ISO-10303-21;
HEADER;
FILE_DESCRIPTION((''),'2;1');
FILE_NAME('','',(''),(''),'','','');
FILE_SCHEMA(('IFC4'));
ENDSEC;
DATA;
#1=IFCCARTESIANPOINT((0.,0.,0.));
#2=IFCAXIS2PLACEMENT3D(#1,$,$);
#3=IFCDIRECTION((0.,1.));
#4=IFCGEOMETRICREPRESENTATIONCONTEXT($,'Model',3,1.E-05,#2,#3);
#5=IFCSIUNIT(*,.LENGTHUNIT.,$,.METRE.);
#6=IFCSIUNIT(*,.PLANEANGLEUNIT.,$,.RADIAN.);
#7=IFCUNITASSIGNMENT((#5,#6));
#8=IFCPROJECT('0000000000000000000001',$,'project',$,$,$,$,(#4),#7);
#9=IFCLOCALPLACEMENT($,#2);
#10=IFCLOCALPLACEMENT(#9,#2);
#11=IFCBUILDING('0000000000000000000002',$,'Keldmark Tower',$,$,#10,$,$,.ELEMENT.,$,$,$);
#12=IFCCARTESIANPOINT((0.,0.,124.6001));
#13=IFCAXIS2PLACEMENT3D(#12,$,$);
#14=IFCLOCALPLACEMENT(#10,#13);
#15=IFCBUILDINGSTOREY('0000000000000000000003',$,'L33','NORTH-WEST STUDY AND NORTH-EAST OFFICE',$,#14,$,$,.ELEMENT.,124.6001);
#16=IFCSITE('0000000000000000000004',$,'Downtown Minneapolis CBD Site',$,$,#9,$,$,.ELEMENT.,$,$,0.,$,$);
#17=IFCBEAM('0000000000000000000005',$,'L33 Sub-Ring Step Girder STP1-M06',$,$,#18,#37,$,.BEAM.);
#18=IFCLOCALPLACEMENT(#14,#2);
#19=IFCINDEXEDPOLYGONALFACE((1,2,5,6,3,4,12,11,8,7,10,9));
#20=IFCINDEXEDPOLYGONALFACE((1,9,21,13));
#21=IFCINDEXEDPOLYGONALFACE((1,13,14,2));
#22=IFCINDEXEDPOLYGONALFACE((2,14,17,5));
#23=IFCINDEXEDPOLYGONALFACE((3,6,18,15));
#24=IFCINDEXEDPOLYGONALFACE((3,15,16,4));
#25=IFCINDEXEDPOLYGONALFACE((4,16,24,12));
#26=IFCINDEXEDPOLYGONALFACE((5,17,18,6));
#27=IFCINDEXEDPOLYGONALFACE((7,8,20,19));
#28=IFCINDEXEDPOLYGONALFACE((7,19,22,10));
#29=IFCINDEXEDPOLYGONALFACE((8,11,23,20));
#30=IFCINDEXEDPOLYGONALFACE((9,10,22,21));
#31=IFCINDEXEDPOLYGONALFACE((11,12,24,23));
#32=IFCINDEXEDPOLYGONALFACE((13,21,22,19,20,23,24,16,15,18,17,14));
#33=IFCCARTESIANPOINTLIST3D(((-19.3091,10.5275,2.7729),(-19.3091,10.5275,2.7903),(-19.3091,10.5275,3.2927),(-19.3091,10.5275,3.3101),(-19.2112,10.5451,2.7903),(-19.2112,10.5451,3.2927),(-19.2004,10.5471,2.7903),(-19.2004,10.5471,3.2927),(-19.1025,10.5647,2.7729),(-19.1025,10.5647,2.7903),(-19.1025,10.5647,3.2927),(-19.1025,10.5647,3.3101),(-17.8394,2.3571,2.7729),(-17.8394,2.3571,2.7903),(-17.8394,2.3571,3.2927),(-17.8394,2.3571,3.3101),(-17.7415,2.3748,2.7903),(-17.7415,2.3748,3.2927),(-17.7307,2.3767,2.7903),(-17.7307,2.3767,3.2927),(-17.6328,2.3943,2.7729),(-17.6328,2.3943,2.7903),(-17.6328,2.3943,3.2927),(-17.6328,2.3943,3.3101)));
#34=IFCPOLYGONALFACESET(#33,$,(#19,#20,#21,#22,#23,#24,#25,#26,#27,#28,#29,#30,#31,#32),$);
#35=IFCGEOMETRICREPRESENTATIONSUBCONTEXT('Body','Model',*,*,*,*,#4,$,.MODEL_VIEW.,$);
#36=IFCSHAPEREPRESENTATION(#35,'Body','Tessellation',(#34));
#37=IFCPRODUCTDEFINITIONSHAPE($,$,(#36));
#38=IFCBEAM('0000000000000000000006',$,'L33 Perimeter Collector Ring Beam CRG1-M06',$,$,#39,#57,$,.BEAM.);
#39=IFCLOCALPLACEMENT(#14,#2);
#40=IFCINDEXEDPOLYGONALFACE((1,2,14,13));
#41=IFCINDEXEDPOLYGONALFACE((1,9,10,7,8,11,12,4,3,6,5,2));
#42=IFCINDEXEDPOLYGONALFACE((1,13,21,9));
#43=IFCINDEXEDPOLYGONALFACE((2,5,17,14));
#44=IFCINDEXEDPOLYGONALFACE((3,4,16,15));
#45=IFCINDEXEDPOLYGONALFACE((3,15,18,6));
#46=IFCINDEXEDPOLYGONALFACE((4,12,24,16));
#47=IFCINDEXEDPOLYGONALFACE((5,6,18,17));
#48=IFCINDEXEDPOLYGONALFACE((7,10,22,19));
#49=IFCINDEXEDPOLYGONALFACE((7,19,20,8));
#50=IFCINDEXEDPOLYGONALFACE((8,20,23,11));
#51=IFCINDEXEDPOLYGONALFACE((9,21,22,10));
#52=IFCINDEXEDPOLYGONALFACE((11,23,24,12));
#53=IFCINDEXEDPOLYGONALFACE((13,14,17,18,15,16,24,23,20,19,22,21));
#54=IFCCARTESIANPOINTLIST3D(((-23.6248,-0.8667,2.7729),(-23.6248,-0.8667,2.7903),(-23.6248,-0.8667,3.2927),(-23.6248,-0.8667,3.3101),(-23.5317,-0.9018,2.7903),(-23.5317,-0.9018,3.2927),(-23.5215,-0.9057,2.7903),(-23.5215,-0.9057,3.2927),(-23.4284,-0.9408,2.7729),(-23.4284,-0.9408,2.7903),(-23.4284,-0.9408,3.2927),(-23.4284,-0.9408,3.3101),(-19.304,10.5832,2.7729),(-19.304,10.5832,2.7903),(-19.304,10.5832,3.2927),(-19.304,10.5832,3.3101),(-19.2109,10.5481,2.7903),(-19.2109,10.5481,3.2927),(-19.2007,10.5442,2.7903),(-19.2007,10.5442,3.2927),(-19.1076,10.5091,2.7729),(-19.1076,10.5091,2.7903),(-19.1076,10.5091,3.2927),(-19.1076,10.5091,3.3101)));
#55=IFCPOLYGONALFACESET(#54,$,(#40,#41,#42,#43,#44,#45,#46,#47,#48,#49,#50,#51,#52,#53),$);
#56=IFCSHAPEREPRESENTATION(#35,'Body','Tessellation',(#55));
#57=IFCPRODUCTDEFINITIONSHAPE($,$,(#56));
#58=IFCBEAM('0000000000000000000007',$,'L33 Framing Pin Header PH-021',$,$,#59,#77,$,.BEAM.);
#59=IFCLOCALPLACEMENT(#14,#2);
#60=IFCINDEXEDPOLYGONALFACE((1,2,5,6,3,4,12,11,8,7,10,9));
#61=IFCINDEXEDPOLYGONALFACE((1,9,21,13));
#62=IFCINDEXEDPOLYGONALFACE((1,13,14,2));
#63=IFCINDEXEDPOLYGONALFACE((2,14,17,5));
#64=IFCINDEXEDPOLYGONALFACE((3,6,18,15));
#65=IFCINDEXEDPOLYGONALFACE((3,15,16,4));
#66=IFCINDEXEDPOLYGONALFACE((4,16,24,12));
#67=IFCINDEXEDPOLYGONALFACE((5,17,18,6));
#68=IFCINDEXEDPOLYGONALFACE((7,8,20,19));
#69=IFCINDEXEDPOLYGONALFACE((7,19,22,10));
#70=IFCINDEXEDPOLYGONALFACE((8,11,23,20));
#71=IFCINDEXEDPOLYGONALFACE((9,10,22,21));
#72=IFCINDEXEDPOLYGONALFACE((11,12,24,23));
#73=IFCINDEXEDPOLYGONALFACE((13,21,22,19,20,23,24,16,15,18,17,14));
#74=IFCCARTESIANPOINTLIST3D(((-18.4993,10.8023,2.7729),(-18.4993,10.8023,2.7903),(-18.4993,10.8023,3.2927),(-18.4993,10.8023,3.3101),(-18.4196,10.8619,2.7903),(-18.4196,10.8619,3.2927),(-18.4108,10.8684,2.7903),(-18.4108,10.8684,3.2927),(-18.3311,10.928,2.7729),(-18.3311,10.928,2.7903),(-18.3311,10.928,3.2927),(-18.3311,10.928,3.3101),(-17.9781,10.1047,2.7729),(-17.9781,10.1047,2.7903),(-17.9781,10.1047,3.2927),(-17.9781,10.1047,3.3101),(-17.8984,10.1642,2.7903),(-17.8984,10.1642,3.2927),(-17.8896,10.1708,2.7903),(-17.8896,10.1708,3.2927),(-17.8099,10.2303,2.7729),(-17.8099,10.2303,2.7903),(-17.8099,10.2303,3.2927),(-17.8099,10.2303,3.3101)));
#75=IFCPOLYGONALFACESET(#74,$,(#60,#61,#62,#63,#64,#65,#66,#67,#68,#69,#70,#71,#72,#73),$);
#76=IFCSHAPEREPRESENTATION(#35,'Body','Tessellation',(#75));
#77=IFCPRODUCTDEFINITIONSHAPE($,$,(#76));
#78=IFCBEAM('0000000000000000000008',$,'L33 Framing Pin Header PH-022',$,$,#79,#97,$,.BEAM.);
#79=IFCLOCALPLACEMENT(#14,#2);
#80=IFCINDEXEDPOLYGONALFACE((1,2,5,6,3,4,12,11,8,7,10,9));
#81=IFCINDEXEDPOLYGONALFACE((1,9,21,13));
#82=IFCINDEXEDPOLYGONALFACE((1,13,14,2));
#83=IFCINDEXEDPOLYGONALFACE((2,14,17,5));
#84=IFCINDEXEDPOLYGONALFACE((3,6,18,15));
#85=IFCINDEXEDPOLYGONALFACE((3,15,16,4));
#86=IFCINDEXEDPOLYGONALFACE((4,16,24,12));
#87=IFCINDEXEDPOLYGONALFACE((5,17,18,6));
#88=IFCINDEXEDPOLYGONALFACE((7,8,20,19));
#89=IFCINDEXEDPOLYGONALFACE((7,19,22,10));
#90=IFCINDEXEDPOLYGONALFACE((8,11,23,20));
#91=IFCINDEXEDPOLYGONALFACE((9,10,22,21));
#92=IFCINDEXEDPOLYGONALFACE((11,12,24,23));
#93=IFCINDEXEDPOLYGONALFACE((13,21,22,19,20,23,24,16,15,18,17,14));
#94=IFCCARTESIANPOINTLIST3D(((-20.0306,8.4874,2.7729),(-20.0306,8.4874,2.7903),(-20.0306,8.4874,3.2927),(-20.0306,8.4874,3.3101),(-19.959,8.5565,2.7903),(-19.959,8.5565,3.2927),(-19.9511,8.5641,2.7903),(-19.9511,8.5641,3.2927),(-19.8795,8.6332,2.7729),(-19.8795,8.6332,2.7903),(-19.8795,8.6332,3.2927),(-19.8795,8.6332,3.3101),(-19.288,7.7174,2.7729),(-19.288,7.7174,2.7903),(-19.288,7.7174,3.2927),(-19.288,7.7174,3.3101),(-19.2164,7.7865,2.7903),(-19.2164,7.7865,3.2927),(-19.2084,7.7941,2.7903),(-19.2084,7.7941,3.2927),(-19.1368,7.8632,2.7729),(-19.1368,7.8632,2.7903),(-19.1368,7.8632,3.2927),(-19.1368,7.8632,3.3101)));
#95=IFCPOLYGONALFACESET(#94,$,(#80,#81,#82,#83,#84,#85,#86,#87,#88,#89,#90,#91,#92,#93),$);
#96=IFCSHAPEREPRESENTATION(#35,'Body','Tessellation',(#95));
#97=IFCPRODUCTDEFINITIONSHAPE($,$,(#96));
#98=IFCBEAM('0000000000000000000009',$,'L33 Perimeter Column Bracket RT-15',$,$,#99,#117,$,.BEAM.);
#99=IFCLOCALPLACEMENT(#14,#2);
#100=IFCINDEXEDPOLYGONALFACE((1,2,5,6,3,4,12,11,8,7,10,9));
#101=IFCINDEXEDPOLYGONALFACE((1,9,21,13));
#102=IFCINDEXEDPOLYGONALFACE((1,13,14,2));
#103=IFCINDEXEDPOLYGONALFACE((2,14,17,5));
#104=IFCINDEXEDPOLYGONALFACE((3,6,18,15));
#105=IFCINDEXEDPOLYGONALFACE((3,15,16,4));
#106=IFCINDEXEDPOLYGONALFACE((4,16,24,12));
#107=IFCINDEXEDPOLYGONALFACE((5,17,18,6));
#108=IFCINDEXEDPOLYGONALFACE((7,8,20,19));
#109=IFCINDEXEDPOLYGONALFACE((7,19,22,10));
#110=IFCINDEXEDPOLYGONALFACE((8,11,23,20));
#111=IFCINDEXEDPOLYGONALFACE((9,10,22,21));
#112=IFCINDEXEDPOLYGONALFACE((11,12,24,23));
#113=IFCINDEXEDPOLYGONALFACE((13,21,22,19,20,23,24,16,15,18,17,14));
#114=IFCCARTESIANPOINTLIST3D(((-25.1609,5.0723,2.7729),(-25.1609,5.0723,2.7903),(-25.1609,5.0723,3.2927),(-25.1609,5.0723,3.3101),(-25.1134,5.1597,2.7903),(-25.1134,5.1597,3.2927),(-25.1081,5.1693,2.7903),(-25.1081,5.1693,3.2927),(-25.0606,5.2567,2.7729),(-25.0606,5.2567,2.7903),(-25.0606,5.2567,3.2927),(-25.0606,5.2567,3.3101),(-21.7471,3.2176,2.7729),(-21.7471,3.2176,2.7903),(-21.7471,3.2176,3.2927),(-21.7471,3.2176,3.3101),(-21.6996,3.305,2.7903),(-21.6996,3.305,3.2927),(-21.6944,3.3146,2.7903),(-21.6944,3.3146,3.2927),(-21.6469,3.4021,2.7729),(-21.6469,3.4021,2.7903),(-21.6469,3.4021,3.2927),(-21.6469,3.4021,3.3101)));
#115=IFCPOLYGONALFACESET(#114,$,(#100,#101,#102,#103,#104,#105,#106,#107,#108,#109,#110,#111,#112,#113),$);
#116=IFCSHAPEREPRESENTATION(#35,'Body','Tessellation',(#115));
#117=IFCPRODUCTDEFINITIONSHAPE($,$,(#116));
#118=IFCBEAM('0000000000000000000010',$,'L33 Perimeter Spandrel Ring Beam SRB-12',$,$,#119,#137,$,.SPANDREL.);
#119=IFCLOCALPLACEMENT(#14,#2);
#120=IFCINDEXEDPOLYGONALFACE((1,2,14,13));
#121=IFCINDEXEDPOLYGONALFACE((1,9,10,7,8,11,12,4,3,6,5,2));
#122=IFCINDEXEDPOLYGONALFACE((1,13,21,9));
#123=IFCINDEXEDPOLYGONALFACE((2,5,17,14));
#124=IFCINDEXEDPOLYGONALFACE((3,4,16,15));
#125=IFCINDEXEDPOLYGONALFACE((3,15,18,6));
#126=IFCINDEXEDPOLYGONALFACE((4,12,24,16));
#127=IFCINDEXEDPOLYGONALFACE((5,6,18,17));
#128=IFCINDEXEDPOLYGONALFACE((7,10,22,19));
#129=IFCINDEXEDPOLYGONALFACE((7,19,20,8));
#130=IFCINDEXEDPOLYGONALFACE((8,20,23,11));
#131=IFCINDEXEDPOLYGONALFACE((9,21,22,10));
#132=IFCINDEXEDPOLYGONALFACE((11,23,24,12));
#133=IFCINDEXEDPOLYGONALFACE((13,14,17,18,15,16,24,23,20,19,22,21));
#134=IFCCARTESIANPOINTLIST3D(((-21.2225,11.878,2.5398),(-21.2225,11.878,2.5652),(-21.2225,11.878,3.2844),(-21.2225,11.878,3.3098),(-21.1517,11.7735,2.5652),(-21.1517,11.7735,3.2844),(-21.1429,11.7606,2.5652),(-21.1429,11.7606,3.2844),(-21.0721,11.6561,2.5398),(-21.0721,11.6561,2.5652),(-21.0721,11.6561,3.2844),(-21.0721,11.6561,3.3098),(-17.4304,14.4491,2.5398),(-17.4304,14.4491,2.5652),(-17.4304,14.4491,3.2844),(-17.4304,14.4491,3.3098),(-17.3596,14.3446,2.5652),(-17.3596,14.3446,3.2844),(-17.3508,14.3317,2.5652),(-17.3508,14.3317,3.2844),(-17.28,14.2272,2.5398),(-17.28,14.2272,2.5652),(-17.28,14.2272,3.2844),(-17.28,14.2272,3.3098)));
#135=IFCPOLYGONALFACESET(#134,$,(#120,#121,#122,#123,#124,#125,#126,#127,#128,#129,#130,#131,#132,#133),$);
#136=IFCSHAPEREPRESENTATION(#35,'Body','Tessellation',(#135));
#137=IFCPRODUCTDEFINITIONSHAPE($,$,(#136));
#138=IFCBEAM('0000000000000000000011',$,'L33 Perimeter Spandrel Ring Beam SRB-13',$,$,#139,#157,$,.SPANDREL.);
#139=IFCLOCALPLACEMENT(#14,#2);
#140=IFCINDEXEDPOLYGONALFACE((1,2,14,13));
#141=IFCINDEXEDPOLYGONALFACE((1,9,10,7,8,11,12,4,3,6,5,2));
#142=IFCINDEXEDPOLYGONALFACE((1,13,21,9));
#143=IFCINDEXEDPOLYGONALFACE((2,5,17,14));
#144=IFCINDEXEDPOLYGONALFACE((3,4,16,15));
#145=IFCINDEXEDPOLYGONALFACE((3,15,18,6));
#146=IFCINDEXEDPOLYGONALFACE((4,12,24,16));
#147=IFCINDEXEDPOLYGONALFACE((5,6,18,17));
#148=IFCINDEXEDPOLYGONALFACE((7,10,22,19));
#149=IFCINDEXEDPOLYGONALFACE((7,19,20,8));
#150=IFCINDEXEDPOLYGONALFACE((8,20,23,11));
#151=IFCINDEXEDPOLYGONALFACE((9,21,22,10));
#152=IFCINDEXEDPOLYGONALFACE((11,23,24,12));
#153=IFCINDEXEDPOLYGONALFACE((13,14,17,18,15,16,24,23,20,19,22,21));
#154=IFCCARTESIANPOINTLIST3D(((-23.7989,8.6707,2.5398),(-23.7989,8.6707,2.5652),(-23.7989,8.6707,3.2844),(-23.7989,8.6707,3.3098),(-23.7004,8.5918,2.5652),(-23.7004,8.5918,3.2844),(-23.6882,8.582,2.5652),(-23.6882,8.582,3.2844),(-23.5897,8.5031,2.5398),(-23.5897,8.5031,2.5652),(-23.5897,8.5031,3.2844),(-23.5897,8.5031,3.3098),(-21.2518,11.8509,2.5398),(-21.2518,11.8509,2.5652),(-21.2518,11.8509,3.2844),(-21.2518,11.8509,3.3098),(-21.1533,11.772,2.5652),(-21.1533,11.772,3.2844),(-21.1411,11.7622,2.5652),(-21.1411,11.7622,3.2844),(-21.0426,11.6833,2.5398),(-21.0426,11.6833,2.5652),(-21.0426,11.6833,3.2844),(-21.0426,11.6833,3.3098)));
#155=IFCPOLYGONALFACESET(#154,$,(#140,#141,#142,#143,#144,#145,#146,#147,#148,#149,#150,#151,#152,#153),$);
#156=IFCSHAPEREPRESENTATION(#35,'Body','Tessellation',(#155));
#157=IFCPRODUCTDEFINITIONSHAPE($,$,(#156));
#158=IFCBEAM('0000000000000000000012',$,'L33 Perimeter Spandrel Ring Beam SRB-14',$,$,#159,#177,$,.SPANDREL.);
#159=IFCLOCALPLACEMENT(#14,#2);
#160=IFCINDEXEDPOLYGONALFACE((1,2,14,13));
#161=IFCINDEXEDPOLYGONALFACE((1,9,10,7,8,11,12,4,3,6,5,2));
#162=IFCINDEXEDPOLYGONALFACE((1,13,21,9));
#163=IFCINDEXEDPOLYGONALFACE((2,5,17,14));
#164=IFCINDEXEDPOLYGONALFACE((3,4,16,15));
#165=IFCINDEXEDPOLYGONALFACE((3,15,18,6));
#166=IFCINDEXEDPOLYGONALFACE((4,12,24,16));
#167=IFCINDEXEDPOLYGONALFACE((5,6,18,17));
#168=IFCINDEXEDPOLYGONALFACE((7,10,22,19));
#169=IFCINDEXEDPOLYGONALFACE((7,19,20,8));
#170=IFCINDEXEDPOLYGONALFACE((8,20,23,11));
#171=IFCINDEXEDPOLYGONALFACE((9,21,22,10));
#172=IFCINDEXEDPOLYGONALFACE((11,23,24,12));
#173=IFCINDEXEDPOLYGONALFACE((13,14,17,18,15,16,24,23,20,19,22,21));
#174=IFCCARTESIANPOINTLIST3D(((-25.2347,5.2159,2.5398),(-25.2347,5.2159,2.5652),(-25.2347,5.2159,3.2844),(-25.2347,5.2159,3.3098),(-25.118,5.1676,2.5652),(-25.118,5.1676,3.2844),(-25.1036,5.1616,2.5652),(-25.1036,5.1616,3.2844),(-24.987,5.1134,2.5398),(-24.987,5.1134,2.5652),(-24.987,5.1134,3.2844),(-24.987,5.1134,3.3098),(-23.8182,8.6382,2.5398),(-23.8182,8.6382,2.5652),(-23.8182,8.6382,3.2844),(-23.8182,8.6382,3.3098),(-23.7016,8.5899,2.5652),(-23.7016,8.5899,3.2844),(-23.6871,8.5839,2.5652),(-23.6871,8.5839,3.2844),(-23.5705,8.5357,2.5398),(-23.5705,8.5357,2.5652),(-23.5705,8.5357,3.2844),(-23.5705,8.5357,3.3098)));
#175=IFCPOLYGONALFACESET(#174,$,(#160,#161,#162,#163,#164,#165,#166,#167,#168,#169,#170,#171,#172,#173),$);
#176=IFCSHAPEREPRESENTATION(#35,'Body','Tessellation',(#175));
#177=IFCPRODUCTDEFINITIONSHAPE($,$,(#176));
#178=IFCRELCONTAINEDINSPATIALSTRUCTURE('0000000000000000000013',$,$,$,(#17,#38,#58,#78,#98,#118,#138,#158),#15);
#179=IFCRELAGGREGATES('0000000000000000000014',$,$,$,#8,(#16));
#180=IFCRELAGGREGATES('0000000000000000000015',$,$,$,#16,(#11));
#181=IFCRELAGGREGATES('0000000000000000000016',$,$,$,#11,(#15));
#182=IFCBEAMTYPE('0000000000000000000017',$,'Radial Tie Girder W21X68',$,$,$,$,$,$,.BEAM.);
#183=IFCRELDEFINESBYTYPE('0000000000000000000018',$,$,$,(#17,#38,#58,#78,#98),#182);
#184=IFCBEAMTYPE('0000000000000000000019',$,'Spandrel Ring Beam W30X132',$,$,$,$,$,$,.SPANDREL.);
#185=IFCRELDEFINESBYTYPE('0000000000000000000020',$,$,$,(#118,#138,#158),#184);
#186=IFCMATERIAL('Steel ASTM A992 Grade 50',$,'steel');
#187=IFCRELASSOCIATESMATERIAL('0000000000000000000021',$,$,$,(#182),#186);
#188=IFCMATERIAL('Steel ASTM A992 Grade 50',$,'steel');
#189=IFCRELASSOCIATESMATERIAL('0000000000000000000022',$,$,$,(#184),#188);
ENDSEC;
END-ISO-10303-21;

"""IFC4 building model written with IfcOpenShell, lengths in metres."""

from ifc_helpers import new_model, si_unit, direction, frame, origin, origin_2d, place, context, subcontext, project, spatial, i_section, extrude, material, material_profile, profile_set, type_object, element, save


model = new_model("IFC4")

# Units and contexts
model_context = context("Model", 3, precision=1e-05, world=origin(), true_north=direction((0.0, 1.0)))
body_context = subcontext(model_context, "Body", "Model", "MODEL_VIEW")
ifc_project = project(units=[si_unit("LENGTHUNIT", "METRE"), si_unit("PLANEANGLEUNIT", "RADIAN")], contexts=[model_context])

# Site, building, storey
site_placement = place(None, origin())
site = spatial("IfcSite", under=ifc_project, at=site_placement, Name="Downtown Minneapolis CBD Site", CompositionType="ELEMENT", RefElevation=0.0)
building_placement = place(site_placement, origin())
building = spatial("IfcBuilding", under=site, at=building_placement, Name="Keldmark Tower", CompositionType="ELEMENT")
storey_placement = place(building_placement, frame((0.0, 0.0, 124.6001)))
storey = spatial("IfcBuildingStorey", under=building, at=storey_placement, Name="L33", Description="NORTH-WEST STUDY AND NORTH-EAST OFFICE", CompositionType="ELEMENT", Elevation=124.6001)

# Beams
ifc_material_1 = material(Name="Steel ASTM A992 Grade 50", Category="steel")
ifc_material_profile_1 = material_profile(ifc_material_1, i_section(OverallWidth=0.21, OverallDepth=0.5371, WebThickness=0.011, FlangeThickness=0.0173, at=origin_2d()), Name="W21X68")
ifc_profile_set_1 = profile_set([ifc_material_profile_1], Name="Steel ASTM A992 Grade 50")
beam_type_1 = type_object("IfcBeamType", Name="Radial Tie Girder W21X68", PredefinedType="BEAM", material=ifc_profile_set_1)
beam_1_placement = place(storey_placement, frame((-17.7361, 2.3757, 3.0415), z_axis=(-0.177042, 0.984203, 0.0), x_axis=(-0.984203, -0.177042, 0.0)))
element("IfcBeam", 1, at=beam_1_placement, inside=storey, type_object=beam_type_1, Name="L33 Sub-Ring Step Girder STP1-M06", PredefinedType="BEAM", context=body_context, shape_type="SweptSolid", body=[
    extrude(i_section(OverallWidth=0.21, OverallDepth=0.5371, WebThickness=0.011, FlangeThickness=0.0173, at=origin_2d()), origin(), (0.0, 0.0, 1.0), 8.3015),
])
beam_2_placement = place(storey_placement, frame((-19.2058, 10.5461, 3.0415), z_axis=(-0.353062, -0.9356, 0.0), x_axis=(0.9356, -0.353062, 0.0)))
element("IfcBeam", 2, at=beam_2_placement, inside=storey, type_object=beam_type_1, Name="L33 Perimeter Collector Ring Beam CRG1-M06", PredefinedType="BEAM", context=body_context, shape_type="SweptSolid", body=[
    extrude(i_section(OverallWidth=0.21, OverallDepth=0.5371, WebThickness=0.011, FlangeThickness=0.0173, at=origin_2d()), origin(), (0.0, 0.0, 1.0), 12.238),
])
beam_3_placement = place(storey_placement, frame((-17.894, 10.1675, 3.0415), z_axis=(-0.598474, 0.801142, 0.0), x_axis=(-0.801142, -0.598474, 0.0)))
element("IfcBeam", 3, at=beam_3_placement, inside=storey, type_object=beam_type_1, Name="L33 Framing Pin Header PH-021", PredefinedType="BEAM", context=body_context, shape_type="SweptSolid", body=[
    extrude(i_section(OverallWidth=0.21, OverallDepth=0.5371, WebThickness=0.011, FlangeThickness=0.0173, at=origin_2d()), origin(), (0.0, 0.0, 1.0), 0.8708),
])
beam_4_placement = place(storey_placement, frame((-19.2124, 7.7903, 3.0415), z_axis=(-0.694212, 0.719771, 0.0), x_axis=(-0.719771, -0.694212, 0.0)))
element("IfcBeam", 4, at=beam_4_placement, inside=storey, type_object=beam_type_1, Name="L33 Framing Pin Header PH-022", PredefinedType="BEAM", context=body_context, shape_type="SweptSolid", body=[
    extrude(i_section(OverallWidth=0.21, OverallDepth=0.5371, WebThickness=0.011, FlangeThickness=0.0173, at=origin_2d()), origin(), (0.0, 0.0, 1.0), 1.0698),
])
beam_5_placement = place(storey_placement, frame((-21.697, 3.3098, 3.0415), z_axis=(-0.878689, 0.477394, 0.0), x_axis=(-0.477394, -0.878689, 0.0)))
element("IfcBeam", 5, at=beam_5_placement, inside=storey, type_object=beam_type_1, Name="L33 Perimeter Column Bracket RT-15", PredefinedType="BEAM", context=body_context, shape_type="SweptSolid", body=[
    extrude(i_section(OverallWidth=0.21, OverallDepth=0.5371, WebThickness=0.011, FlangeThickness=0.0173, at=origin_2d()), origin(), (0.0, 0.0, 1.0), 3.885),
])
ifc_material_2 = material(Name="Steel ASTM A992 Grade 50", Category="steel")
ifc_material_profile_2 = material_profile(ifc_material_2, i_section(OverallWidth=0.2681, OverallDepth=0.77, WebThickness=0.0156, FlangeThickness=0.0254, at=origin_2d()), Name="W30X132")
ifc_profile_set_2 = profile_set([ifc_material_profile_2], Name="Steel ASTM A992 Grade 50")
beam_type_2 = type_object("IfcBeamType", Name="Spandrel Ring Beam W30X132", PredefinedType="SPANDREL", material=ifc_profile_set_2)
beam_6_placement = place(storey_placement, frame((-17.3552, 14.3381, 2.9248), z_axis=(-0.827688, -0.561189, 0.0), x_axis=(0.561189, -0.827688, 0.0)))
element("IfcBeam", 6, at=beam_6_placement, inside=storey, type_object=beam_type_2, Name="L33 Perimeter Spandrel Ring Beam SRB-12", PredefinedType="SPANDREL", context=body_context, shape_type="SweptSolid", body=[
    extrude(i_section(OverallWidth=0.2681, OverallDepth=0.77, WebThickness=0.0156, FlangeThickness=0.0254, at=origin_2d()), origin(), (0.0, 0.0, 1.0), 4.5815),
])
beam_7_placement = place(storey_placement, frame((-21.1472, 11.7671, 2.9248), z_axis=(-0.625141, -0.780512, 0.0), x_axis=(0.780512, -0.625141, 0.0)))
element("IfcBeam", 7, at=beam_7_placement, inside=storey, type_object=beam_type_2, Name="L33 Perimeter Spandrel Ring Beam SRB-13", PredefinedType="SPANDREL", context=body_context, shape_type="SweptSolid", body=[
    extrude(i_section(OverallWidth=0.2681, OverallDepth=0.77, WebThickness=0.0156, FlangeThickness=0.0254, at=origin_2d()), origin(), (0.0, 0.0, 1.0), 4.0745),
])
beam_8_placement = place(storey_placement, frame((-23.6943, 8.5869, 2.9248), z_axis=(-0.382433, -0.923983, 0.0), x_axis=(0.923983, -0.382433, 0.0)))
element("IfcBeam", 8, at=beam_8_placement, inside=storey, type_object=beam_type_2, Name="L33 Perimeter Spandrel Ring Beam SRB-14", PredefinedType="SPANDREL", context=body_context, shape_type="SweptSolid", body=[
    extrude(i_section(OverallWidth=0.2681, OverallDepth=0.77, WebThickness=0.0156, FlangeThickness=0.0254, at=origin_2d()), origin(), (0.0, 0.0, 1.0), 3.7039),
])

save(model, "model.ifc")
